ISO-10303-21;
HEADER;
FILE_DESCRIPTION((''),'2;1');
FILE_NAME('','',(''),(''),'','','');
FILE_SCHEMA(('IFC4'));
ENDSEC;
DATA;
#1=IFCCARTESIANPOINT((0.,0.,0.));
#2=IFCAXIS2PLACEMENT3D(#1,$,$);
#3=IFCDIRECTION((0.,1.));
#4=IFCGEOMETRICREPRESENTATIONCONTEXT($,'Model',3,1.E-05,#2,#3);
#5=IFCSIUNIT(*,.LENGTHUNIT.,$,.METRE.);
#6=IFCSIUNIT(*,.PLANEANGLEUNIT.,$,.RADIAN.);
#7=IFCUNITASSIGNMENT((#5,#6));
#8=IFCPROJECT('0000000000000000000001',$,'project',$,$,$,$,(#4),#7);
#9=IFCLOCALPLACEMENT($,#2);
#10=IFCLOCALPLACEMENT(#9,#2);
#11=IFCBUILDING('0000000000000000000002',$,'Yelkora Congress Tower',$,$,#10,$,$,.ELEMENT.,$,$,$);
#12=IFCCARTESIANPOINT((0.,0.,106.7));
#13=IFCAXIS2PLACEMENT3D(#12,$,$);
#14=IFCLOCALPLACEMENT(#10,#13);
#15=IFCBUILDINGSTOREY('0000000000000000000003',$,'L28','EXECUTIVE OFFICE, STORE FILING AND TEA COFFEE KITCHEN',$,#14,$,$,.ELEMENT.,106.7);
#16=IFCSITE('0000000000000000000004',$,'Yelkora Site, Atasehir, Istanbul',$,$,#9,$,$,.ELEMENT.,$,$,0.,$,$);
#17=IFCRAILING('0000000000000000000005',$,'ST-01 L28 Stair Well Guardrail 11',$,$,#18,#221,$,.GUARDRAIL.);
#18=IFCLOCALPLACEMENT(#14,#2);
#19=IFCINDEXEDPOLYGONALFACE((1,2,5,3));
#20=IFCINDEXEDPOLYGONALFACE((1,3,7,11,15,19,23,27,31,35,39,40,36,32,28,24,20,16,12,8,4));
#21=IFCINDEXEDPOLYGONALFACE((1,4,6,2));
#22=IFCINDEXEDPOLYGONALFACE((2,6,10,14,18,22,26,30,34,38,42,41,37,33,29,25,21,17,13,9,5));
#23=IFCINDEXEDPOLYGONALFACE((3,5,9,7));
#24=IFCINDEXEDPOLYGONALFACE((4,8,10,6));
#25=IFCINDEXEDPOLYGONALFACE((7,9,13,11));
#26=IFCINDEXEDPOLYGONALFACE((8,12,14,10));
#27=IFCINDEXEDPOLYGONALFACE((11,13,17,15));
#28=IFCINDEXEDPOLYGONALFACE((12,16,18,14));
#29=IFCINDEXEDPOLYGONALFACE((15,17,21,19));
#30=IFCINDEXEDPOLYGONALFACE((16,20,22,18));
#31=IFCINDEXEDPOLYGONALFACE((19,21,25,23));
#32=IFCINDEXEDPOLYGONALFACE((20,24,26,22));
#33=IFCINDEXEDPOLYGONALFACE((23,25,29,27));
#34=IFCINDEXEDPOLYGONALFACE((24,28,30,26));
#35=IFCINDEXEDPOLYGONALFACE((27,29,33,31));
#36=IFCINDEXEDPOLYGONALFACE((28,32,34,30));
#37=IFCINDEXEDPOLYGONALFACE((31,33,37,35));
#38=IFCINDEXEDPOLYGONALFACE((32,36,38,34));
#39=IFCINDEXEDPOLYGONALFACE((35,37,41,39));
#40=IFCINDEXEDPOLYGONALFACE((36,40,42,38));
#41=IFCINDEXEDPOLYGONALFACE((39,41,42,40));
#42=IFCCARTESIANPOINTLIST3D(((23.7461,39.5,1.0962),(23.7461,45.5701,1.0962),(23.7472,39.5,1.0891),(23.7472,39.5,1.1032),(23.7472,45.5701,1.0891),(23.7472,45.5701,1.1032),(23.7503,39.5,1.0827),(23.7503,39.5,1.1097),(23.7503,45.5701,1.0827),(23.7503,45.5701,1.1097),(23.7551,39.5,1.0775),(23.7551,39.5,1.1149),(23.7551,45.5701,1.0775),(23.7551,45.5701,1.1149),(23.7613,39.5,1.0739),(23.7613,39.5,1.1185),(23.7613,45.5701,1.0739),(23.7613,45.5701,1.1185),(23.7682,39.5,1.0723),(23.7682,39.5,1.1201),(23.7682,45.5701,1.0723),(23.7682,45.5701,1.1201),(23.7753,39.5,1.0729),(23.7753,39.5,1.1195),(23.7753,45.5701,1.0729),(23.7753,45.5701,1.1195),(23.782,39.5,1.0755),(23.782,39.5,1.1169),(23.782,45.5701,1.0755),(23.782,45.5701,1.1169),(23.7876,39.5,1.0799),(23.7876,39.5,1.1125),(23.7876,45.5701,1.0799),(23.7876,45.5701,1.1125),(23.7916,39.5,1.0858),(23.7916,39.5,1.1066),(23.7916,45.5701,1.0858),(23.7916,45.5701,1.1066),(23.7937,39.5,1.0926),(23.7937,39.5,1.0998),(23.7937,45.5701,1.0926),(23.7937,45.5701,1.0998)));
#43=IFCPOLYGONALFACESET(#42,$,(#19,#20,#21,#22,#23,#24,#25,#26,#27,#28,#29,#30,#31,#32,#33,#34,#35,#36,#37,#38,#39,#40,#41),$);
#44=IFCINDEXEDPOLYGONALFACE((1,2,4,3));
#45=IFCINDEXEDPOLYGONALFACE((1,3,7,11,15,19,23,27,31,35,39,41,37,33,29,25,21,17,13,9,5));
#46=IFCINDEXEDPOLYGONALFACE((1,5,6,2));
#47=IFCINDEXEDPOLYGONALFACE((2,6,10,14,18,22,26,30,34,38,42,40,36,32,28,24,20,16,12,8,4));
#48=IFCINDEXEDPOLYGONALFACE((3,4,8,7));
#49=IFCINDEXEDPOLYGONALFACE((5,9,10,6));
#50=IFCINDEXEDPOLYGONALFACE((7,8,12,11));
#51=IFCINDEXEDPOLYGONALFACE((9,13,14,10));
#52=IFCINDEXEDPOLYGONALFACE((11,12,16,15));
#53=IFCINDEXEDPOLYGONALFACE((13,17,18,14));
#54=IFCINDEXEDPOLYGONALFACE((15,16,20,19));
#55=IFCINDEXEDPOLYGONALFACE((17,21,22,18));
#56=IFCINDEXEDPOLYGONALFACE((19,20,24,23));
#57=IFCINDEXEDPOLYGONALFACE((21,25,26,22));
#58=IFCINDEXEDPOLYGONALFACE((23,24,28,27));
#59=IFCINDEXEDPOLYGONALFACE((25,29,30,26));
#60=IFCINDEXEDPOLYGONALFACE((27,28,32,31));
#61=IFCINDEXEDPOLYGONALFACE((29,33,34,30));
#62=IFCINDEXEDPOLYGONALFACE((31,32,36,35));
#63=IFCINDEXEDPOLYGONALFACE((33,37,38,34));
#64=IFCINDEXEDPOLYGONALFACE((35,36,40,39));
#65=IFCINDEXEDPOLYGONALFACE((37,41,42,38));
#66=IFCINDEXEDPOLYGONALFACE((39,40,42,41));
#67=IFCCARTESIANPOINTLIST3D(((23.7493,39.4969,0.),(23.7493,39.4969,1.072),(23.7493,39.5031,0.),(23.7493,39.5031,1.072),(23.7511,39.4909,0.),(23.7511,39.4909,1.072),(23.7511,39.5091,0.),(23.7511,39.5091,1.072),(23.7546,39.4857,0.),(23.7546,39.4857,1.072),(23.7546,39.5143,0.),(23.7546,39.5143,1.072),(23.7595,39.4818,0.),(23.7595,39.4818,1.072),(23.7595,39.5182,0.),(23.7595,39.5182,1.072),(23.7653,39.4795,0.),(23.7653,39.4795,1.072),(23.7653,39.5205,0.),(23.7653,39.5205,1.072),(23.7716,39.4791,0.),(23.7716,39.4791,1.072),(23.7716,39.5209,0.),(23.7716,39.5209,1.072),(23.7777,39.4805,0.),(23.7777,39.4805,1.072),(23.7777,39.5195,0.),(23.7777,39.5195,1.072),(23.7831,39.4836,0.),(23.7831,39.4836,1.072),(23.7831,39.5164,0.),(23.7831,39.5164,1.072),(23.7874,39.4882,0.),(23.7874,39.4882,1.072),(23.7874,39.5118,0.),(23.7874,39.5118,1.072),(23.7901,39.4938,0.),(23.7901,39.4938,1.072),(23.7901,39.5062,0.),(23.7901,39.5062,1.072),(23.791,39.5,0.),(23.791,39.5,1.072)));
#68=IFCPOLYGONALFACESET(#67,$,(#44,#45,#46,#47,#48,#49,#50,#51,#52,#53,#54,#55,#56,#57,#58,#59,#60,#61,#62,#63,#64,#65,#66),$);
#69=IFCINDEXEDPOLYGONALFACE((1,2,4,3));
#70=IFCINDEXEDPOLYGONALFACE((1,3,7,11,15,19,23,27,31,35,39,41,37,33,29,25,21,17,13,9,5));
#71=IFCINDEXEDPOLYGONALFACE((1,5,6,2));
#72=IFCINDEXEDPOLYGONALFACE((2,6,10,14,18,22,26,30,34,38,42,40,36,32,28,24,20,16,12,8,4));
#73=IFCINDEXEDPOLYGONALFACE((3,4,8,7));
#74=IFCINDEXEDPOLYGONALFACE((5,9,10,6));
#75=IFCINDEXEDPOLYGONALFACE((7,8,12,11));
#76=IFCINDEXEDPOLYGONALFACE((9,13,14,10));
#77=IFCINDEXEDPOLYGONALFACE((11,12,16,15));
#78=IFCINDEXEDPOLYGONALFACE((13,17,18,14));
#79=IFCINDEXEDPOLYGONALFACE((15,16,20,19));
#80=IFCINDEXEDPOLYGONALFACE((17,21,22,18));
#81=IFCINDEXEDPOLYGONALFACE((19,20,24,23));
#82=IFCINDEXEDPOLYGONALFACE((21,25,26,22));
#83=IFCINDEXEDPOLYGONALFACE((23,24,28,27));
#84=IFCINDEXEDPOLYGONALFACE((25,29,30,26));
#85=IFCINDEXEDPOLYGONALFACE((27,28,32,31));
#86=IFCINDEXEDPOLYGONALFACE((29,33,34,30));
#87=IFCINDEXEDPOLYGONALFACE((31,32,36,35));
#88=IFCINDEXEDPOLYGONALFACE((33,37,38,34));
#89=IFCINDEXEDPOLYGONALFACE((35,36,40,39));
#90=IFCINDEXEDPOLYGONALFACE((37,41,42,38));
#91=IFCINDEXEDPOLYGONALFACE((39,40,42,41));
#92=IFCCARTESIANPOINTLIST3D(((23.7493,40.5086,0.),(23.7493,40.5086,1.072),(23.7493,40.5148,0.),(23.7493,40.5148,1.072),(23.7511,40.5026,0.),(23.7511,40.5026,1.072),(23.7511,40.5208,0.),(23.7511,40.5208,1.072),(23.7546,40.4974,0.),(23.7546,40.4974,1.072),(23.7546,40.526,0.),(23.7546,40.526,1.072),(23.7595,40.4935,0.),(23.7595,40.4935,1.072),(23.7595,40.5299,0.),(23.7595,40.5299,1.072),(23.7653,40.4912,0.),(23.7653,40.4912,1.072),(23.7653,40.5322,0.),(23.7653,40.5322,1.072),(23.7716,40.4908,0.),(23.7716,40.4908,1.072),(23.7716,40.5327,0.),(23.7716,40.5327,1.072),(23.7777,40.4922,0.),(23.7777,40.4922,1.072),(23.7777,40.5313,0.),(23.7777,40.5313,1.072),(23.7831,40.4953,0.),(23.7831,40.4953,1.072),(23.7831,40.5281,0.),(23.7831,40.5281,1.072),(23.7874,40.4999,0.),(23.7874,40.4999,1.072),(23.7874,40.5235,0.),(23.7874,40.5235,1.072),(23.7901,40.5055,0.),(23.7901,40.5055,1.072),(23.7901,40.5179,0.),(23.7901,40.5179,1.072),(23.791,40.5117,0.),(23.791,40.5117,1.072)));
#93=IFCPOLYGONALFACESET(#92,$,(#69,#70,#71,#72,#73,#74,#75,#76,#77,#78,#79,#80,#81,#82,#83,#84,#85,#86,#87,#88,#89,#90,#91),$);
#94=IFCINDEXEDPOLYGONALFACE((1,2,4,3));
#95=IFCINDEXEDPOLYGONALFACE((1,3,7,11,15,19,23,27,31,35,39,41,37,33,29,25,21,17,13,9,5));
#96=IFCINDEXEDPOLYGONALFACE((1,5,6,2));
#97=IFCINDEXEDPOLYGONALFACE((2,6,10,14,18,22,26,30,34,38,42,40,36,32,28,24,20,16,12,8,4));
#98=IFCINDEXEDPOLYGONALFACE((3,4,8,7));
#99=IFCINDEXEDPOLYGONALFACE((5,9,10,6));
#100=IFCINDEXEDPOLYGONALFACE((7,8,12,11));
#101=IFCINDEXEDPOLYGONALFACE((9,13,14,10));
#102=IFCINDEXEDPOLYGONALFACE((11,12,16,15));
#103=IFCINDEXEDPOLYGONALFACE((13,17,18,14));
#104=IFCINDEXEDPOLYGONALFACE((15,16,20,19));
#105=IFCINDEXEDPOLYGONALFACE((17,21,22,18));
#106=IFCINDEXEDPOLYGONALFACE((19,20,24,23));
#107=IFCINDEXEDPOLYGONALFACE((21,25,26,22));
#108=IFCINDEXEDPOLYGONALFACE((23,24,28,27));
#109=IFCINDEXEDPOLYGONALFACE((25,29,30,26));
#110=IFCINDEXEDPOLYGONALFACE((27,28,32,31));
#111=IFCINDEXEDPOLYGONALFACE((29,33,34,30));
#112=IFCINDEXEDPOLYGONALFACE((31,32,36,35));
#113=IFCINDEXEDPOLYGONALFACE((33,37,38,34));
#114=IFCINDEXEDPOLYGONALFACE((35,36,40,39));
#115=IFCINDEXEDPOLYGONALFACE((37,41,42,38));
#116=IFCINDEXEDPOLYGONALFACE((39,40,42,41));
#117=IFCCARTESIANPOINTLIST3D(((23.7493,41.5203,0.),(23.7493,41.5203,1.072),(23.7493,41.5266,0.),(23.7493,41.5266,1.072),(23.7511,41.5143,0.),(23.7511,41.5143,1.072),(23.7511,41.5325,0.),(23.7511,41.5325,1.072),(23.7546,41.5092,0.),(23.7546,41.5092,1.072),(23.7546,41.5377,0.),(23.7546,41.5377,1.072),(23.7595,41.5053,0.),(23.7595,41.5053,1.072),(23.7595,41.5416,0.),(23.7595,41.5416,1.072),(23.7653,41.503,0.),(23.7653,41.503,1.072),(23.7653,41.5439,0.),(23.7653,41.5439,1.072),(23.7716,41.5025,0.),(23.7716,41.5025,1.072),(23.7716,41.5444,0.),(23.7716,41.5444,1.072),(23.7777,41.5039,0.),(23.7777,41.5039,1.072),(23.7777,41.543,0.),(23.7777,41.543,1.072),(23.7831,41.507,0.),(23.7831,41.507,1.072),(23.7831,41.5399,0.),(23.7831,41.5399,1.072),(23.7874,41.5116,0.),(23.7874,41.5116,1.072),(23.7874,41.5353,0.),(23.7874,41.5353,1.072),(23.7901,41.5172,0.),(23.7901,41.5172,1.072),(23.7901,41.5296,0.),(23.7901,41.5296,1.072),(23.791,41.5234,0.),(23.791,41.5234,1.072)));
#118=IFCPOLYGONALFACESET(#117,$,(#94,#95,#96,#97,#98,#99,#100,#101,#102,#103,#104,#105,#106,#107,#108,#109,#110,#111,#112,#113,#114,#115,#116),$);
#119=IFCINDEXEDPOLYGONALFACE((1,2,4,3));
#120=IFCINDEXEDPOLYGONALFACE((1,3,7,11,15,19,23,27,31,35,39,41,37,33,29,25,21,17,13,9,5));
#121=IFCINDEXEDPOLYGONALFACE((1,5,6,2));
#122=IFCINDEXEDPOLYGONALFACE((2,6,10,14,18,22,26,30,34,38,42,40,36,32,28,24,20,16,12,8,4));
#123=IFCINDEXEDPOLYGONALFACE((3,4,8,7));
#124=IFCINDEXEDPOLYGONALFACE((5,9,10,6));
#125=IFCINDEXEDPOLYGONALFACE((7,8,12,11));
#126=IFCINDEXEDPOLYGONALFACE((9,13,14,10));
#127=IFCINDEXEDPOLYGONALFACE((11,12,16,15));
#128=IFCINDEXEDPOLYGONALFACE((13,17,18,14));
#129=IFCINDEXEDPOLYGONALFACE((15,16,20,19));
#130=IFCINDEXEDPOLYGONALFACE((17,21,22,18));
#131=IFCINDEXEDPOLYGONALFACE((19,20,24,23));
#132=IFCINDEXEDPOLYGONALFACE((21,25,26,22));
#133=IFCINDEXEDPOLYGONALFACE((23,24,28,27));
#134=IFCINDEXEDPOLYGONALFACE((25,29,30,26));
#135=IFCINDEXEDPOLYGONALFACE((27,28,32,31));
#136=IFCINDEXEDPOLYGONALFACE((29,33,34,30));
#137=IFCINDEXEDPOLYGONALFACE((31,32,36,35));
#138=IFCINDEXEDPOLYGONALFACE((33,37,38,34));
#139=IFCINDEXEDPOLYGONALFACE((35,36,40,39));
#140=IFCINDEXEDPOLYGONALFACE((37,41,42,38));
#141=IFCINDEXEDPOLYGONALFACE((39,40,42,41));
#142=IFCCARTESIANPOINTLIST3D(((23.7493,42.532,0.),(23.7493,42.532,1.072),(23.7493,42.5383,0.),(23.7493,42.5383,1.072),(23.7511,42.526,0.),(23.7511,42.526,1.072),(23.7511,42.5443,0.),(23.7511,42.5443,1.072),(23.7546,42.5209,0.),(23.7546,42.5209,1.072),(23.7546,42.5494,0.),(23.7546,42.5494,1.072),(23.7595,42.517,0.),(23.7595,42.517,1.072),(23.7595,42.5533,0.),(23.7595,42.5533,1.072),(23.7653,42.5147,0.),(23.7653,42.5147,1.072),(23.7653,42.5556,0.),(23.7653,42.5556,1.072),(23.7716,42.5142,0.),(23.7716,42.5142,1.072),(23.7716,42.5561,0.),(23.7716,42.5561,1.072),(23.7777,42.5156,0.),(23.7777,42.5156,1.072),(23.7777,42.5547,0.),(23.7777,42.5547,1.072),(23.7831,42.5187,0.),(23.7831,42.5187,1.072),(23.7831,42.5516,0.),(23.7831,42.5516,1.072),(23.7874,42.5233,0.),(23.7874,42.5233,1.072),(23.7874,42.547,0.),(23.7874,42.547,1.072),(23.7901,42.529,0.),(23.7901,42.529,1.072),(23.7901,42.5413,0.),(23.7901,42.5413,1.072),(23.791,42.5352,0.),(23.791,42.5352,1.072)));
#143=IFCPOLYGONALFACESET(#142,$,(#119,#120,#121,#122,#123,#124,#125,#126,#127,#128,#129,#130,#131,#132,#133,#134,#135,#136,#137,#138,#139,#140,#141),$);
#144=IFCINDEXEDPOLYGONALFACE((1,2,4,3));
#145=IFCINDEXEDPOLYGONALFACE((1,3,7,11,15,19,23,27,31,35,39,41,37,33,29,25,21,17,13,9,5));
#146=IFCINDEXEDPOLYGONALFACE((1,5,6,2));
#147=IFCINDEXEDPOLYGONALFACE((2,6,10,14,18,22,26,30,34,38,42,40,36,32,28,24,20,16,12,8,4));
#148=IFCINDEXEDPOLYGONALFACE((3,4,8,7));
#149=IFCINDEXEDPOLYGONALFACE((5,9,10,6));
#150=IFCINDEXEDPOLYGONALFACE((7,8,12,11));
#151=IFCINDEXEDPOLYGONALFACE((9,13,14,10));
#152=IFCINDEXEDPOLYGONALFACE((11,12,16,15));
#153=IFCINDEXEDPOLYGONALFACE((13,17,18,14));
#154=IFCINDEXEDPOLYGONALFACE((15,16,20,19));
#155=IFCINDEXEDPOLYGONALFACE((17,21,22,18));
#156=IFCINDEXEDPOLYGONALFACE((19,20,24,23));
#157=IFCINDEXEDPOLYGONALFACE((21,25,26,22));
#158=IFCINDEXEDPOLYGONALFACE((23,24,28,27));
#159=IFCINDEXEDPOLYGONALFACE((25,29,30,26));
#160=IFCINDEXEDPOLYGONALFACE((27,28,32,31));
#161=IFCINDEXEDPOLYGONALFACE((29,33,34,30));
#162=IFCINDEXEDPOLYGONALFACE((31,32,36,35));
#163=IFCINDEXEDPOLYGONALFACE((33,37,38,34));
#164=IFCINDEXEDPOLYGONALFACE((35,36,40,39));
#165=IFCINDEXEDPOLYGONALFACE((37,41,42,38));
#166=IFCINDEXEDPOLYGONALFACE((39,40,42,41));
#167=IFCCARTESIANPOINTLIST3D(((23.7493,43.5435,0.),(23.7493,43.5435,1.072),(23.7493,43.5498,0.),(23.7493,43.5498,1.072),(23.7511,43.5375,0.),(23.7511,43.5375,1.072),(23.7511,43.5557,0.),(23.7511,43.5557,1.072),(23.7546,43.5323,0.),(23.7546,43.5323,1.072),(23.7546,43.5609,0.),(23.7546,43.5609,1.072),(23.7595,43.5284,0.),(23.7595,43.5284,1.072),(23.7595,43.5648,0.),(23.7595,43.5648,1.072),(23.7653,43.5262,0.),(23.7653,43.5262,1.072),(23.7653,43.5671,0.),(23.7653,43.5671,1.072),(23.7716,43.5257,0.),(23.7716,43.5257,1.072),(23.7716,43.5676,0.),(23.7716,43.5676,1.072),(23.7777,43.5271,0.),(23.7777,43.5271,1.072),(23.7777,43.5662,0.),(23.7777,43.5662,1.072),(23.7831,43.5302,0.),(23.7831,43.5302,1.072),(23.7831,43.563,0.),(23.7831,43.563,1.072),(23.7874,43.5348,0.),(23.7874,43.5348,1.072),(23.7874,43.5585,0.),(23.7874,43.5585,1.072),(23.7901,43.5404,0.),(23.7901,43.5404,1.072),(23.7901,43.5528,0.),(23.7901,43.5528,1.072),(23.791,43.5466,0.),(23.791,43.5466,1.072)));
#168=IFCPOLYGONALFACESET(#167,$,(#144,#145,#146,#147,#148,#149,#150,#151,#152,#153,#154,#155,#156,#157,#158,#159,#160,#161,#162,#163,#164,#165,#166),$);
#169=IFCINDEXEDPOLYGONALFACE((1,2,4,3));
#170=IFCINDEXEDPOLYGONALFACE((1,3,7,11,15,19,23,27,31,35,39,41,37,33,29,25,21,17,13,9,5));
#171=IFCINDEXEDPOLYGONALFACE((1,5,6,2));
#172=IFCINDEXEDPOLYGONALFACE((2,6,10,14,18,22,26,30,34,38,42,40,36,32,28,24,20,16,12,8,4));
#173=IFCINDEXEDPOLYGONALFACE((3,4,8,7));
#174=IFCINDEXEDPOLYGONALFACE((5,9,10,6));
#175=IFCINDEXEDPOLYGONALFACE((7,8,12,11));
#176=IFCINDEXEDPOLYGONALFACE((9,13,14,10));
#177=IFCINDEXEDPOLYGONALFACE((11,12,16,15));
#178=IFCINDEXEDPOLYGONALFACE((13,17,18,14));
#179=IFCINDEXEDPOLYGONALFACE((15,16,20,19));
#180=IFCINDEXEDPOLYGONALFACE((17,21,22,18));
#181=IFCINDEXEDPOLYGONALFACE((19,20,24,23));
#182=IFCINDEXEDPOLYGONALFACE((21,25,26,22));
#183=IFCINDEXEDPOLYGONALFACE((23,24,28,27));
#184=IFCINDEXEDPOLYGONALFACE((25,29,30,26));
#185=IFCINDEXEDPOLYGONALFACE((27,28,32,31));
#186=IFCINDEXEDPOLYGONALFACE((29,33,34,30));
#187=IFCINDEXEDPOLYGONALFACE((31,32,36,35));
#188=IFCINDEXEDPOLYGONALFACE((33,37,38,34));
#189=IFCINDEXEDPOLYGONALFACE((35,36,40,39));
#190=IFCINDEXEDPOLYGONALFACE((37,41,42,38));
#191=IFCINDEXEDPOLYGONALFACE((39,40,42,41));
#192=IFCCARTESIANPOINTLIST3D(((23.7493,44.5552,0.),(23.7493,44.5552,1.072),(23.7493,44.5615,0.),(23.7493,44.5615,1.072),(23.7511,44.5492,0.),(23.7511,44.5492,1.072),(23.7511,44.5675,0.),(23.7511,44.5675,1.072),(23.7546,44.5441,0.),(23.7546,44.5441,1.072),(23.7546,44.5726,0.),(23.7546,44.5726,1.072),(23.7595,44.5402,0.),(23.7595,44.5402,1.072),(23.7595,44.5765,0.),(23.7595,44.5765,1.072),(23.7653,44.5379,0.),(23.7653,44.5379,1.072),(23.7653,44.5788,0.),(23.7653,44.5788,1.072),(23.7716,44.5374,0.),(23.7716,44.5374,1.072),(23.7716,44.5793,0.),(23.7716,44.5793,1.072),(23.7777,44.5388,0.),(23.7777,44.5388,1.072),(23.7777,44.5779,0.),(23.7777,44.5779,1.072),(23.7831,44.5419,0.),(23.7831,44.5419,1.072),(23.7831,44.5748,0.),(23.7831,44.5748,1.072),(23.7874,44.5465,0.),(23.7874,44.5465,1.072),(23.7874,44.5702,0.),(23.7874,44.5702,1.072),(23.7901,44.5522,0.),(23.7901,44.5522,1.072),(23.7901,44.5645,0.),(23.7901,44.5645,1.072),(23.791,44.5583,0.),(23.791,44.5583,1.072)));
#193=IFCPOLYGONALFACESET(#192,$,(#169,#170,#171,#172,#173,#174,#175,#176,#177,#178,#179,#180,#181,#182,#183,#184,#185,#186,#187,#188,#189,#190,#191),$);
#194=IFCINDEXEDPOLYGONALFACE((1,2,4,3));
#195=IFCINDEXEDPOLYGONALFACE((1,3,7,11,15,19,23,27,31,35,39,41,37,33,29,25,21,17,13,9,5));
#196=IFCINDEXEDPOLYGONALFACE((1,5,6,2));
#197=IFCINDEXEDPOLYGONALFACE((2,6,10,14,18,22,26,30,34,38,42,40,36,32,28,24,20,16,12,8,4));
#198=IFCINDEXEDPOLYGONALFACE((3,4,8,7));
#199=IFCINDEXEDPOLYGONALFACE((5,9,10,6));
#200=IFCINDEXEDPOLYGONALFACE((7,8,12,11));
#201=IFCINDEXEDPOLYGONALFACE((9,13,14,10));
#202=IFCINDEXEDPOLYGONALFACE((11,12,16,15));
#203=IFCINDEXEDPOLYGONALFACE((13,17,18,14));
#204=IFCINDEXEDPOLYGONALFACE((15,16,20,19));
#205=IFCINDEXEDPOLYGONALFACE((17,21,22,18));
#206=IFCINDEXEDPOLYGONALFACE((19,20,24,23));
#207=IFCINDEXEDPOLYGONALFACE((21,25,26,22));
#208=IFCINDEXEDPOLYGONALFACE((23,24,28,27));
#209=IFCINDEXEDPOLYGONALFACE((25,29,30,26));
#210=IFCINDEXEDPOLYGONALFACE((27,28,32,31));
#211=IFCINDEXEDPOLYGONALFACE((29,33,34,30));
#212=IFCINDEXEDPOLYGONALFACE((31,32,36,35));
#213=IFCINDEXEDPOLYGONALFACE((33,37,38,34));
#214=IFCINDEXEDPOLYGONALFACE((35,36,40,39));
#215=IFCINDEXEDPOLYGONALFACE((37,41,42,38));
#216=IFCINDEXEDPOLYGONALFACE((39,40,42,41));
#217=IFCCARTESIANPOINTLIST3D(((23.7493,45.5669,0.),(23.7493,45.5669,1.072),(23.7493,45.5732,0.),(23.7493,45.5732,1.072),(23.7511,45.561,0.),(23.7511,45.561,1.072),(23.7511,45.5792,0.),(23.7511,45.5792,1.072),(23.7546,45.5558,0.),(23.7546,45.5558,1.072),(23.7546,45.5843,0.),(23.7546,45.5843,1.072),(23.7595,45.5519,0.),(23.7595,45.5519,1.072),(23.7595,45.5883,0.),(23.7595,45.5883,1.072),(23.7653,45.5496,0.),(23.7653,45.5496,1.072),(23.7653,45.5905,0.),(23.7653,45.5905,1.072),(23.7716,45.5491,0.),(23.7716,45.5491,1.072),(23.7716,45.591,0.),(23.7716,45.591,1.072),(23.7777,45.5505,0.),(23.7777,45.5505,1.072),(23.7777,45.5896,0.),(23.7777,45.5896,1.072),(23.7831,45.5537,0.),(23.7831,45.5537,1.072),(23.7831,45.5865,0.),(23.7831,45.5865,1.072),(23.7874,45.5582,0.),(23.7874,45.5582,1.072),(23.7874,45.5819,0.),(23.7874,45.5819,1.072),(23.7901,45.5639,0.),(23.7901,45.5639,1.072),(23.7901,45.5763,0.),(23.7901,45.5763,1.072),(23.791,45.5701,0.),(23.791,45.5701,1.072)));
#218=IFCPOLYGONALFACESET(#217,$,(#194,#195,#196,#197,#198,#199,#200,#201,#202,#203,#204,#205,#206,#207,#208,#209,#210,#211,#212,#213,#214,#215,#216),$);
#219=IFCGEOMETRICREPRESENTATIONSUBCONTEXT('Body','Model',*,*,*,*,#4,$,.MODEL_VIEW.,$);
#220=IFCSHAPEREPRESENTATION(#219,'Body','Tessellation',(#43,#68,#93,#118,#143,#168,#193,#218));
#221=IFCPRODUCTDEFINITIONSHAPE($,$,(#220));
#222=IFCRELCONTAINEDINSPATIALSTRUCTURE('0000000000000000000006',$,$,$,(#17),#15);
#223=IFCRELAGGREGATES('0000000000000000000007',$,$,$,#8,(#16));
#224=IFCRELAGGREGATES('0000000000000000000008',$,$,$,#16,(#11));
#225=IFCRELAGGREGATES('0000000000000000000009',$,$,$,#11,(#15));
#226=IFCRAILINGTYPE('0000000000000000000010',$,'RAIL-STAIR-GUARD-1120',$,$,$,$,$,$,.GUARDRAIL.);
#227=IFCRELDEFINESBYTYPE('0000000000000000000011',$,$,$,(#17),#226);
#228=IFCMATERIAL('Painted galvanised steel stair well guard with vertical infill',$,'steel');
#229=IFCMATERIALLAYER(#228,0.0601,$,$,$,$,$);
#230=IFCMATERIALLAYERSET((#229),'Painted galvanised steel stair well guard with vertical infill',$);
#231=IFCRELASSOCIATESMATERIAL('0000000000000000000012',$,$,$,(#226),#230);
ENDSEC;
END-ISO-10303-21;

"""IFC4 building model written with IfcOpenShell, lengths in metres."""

from ifc_helpers import new_model, si_unit, direction, frame, origin, origin_2d, place, context, subcontext, project, spatial, circle, extrude, material, layer, layer_set, type_object, element, save


model = new_model("IFC4")

# Units and contexts
model_context = context("Model", 3, precision=1e-05, world=origin(), true_north=direction((0.0, 1.0)))
body_context = subcontext(model_context, "Body", "Model", "MODEL_VIEW")
ifc_project = project(units=[si_unit("LENGTHUNIT", "METRE"), si_unit("PLANEANGLEUNIT", "RADIAN")], contexts=[model_context])

# Site, building, storey
site_placement = place(None, origin())
site = spatial("IfcSite", under=ifc_project, at=site_placement, Name="Yelkora Site, Atasehir, Istanbul", CompositionType="ELEMENT", RefElevation=0.0)
building_placement = place(site_placement, origin())
building = spatial("IfcBuilding", under=site, at=building_placement, Name="Yelkora Congress Tower", CompositionType="ELEMENT")
storey_placement = place(building_placement, frame((0.0, 0.0, 106.7)))
storey = spatial("IfcBuildingStorey", under=building, at=storey_placement, Name="L28", Description="EXECUTIVE OFFICE, STORE FILING AND TEA COFFEE KITCHEN", CompositionType="ELEMENT", Elevation=106.7)

# Railing
ifc_material_1 = material(Name="Painted galvanised steel stair well guard with vertical infill", Category="steel")
ifc_layer_1 = layer(ifc_material_1, 0.0601)
ifc_layer_set_1 = layer_set([ifc_layer_1], Name="Painted galvanised steel stair well guard with vertical infill")
railing_type_1 = type_object("IfcRailingType", Name="RAIL-STAIR-GUARD-1120", PredefinedType="GUARDRAIL", material=ifc_layer_set_1)
railing_1_placement = place(storey_placement, frame((23.77, 39.5, 0.0)))
element("IfcRailing", 1, at=railing_1_placement, inside=storey, type_object=railing_type_1, Name="ST-01 L28 Stair Well Guardrail 11", PredefinedType="GUARDRAIL", context=body_context, shape_type="SweptSolid", body=[
    extrude(circle(Radius=0.0239, at=origin_2d()), frame((0.0, 0.0, 1.0962), z_axis=(0.0, 1.0, 0.0), x_axis=(-1.0, 0.0, 0.0)), (0.0, 0.0, 1.0), 6.0701),
    extrude(circle(Radius=0.021, at=origin_2d()), origin(), (0.0, 0.0, 1.0), 1.072),
    extrude(circle(Radius=0.021, at=origin_2d()), frame((0.0, 1.0117, 0.0)), (0.0, 0.0, 1.0), 1.072),
    extrude(circle(Radius=0.021, at=origin_2d()), frame((0.0, 2.0234, 0.0)), (0.0, 0.0, 1.0), 1.072),
    extrude(circle(Radius=0.021, at=origin_2d()), frame((0.0, 3.0352, 0.0)), (0.0, 0.0, 1.0), 1.072),
    extrude(circle(Radius=0.021, at=origin_2d()), frame((0.0, 4.0466, 0.0)), (0.0, 0.0, 1.0), 1.072),
    extrude(circle(Radius=0.021, at=origin_2d()), frame((0.0, 5.0583, 0.0)), (0.0, 0.0, 1.0), 1.072),
    extrude(circle(Radius=0.021, at=origin_2d()), frame((0.0, 6.0701, 0.0)), (0.0, 0.0, 1.0), 1.072),
])

save(model, "model.ifc")
